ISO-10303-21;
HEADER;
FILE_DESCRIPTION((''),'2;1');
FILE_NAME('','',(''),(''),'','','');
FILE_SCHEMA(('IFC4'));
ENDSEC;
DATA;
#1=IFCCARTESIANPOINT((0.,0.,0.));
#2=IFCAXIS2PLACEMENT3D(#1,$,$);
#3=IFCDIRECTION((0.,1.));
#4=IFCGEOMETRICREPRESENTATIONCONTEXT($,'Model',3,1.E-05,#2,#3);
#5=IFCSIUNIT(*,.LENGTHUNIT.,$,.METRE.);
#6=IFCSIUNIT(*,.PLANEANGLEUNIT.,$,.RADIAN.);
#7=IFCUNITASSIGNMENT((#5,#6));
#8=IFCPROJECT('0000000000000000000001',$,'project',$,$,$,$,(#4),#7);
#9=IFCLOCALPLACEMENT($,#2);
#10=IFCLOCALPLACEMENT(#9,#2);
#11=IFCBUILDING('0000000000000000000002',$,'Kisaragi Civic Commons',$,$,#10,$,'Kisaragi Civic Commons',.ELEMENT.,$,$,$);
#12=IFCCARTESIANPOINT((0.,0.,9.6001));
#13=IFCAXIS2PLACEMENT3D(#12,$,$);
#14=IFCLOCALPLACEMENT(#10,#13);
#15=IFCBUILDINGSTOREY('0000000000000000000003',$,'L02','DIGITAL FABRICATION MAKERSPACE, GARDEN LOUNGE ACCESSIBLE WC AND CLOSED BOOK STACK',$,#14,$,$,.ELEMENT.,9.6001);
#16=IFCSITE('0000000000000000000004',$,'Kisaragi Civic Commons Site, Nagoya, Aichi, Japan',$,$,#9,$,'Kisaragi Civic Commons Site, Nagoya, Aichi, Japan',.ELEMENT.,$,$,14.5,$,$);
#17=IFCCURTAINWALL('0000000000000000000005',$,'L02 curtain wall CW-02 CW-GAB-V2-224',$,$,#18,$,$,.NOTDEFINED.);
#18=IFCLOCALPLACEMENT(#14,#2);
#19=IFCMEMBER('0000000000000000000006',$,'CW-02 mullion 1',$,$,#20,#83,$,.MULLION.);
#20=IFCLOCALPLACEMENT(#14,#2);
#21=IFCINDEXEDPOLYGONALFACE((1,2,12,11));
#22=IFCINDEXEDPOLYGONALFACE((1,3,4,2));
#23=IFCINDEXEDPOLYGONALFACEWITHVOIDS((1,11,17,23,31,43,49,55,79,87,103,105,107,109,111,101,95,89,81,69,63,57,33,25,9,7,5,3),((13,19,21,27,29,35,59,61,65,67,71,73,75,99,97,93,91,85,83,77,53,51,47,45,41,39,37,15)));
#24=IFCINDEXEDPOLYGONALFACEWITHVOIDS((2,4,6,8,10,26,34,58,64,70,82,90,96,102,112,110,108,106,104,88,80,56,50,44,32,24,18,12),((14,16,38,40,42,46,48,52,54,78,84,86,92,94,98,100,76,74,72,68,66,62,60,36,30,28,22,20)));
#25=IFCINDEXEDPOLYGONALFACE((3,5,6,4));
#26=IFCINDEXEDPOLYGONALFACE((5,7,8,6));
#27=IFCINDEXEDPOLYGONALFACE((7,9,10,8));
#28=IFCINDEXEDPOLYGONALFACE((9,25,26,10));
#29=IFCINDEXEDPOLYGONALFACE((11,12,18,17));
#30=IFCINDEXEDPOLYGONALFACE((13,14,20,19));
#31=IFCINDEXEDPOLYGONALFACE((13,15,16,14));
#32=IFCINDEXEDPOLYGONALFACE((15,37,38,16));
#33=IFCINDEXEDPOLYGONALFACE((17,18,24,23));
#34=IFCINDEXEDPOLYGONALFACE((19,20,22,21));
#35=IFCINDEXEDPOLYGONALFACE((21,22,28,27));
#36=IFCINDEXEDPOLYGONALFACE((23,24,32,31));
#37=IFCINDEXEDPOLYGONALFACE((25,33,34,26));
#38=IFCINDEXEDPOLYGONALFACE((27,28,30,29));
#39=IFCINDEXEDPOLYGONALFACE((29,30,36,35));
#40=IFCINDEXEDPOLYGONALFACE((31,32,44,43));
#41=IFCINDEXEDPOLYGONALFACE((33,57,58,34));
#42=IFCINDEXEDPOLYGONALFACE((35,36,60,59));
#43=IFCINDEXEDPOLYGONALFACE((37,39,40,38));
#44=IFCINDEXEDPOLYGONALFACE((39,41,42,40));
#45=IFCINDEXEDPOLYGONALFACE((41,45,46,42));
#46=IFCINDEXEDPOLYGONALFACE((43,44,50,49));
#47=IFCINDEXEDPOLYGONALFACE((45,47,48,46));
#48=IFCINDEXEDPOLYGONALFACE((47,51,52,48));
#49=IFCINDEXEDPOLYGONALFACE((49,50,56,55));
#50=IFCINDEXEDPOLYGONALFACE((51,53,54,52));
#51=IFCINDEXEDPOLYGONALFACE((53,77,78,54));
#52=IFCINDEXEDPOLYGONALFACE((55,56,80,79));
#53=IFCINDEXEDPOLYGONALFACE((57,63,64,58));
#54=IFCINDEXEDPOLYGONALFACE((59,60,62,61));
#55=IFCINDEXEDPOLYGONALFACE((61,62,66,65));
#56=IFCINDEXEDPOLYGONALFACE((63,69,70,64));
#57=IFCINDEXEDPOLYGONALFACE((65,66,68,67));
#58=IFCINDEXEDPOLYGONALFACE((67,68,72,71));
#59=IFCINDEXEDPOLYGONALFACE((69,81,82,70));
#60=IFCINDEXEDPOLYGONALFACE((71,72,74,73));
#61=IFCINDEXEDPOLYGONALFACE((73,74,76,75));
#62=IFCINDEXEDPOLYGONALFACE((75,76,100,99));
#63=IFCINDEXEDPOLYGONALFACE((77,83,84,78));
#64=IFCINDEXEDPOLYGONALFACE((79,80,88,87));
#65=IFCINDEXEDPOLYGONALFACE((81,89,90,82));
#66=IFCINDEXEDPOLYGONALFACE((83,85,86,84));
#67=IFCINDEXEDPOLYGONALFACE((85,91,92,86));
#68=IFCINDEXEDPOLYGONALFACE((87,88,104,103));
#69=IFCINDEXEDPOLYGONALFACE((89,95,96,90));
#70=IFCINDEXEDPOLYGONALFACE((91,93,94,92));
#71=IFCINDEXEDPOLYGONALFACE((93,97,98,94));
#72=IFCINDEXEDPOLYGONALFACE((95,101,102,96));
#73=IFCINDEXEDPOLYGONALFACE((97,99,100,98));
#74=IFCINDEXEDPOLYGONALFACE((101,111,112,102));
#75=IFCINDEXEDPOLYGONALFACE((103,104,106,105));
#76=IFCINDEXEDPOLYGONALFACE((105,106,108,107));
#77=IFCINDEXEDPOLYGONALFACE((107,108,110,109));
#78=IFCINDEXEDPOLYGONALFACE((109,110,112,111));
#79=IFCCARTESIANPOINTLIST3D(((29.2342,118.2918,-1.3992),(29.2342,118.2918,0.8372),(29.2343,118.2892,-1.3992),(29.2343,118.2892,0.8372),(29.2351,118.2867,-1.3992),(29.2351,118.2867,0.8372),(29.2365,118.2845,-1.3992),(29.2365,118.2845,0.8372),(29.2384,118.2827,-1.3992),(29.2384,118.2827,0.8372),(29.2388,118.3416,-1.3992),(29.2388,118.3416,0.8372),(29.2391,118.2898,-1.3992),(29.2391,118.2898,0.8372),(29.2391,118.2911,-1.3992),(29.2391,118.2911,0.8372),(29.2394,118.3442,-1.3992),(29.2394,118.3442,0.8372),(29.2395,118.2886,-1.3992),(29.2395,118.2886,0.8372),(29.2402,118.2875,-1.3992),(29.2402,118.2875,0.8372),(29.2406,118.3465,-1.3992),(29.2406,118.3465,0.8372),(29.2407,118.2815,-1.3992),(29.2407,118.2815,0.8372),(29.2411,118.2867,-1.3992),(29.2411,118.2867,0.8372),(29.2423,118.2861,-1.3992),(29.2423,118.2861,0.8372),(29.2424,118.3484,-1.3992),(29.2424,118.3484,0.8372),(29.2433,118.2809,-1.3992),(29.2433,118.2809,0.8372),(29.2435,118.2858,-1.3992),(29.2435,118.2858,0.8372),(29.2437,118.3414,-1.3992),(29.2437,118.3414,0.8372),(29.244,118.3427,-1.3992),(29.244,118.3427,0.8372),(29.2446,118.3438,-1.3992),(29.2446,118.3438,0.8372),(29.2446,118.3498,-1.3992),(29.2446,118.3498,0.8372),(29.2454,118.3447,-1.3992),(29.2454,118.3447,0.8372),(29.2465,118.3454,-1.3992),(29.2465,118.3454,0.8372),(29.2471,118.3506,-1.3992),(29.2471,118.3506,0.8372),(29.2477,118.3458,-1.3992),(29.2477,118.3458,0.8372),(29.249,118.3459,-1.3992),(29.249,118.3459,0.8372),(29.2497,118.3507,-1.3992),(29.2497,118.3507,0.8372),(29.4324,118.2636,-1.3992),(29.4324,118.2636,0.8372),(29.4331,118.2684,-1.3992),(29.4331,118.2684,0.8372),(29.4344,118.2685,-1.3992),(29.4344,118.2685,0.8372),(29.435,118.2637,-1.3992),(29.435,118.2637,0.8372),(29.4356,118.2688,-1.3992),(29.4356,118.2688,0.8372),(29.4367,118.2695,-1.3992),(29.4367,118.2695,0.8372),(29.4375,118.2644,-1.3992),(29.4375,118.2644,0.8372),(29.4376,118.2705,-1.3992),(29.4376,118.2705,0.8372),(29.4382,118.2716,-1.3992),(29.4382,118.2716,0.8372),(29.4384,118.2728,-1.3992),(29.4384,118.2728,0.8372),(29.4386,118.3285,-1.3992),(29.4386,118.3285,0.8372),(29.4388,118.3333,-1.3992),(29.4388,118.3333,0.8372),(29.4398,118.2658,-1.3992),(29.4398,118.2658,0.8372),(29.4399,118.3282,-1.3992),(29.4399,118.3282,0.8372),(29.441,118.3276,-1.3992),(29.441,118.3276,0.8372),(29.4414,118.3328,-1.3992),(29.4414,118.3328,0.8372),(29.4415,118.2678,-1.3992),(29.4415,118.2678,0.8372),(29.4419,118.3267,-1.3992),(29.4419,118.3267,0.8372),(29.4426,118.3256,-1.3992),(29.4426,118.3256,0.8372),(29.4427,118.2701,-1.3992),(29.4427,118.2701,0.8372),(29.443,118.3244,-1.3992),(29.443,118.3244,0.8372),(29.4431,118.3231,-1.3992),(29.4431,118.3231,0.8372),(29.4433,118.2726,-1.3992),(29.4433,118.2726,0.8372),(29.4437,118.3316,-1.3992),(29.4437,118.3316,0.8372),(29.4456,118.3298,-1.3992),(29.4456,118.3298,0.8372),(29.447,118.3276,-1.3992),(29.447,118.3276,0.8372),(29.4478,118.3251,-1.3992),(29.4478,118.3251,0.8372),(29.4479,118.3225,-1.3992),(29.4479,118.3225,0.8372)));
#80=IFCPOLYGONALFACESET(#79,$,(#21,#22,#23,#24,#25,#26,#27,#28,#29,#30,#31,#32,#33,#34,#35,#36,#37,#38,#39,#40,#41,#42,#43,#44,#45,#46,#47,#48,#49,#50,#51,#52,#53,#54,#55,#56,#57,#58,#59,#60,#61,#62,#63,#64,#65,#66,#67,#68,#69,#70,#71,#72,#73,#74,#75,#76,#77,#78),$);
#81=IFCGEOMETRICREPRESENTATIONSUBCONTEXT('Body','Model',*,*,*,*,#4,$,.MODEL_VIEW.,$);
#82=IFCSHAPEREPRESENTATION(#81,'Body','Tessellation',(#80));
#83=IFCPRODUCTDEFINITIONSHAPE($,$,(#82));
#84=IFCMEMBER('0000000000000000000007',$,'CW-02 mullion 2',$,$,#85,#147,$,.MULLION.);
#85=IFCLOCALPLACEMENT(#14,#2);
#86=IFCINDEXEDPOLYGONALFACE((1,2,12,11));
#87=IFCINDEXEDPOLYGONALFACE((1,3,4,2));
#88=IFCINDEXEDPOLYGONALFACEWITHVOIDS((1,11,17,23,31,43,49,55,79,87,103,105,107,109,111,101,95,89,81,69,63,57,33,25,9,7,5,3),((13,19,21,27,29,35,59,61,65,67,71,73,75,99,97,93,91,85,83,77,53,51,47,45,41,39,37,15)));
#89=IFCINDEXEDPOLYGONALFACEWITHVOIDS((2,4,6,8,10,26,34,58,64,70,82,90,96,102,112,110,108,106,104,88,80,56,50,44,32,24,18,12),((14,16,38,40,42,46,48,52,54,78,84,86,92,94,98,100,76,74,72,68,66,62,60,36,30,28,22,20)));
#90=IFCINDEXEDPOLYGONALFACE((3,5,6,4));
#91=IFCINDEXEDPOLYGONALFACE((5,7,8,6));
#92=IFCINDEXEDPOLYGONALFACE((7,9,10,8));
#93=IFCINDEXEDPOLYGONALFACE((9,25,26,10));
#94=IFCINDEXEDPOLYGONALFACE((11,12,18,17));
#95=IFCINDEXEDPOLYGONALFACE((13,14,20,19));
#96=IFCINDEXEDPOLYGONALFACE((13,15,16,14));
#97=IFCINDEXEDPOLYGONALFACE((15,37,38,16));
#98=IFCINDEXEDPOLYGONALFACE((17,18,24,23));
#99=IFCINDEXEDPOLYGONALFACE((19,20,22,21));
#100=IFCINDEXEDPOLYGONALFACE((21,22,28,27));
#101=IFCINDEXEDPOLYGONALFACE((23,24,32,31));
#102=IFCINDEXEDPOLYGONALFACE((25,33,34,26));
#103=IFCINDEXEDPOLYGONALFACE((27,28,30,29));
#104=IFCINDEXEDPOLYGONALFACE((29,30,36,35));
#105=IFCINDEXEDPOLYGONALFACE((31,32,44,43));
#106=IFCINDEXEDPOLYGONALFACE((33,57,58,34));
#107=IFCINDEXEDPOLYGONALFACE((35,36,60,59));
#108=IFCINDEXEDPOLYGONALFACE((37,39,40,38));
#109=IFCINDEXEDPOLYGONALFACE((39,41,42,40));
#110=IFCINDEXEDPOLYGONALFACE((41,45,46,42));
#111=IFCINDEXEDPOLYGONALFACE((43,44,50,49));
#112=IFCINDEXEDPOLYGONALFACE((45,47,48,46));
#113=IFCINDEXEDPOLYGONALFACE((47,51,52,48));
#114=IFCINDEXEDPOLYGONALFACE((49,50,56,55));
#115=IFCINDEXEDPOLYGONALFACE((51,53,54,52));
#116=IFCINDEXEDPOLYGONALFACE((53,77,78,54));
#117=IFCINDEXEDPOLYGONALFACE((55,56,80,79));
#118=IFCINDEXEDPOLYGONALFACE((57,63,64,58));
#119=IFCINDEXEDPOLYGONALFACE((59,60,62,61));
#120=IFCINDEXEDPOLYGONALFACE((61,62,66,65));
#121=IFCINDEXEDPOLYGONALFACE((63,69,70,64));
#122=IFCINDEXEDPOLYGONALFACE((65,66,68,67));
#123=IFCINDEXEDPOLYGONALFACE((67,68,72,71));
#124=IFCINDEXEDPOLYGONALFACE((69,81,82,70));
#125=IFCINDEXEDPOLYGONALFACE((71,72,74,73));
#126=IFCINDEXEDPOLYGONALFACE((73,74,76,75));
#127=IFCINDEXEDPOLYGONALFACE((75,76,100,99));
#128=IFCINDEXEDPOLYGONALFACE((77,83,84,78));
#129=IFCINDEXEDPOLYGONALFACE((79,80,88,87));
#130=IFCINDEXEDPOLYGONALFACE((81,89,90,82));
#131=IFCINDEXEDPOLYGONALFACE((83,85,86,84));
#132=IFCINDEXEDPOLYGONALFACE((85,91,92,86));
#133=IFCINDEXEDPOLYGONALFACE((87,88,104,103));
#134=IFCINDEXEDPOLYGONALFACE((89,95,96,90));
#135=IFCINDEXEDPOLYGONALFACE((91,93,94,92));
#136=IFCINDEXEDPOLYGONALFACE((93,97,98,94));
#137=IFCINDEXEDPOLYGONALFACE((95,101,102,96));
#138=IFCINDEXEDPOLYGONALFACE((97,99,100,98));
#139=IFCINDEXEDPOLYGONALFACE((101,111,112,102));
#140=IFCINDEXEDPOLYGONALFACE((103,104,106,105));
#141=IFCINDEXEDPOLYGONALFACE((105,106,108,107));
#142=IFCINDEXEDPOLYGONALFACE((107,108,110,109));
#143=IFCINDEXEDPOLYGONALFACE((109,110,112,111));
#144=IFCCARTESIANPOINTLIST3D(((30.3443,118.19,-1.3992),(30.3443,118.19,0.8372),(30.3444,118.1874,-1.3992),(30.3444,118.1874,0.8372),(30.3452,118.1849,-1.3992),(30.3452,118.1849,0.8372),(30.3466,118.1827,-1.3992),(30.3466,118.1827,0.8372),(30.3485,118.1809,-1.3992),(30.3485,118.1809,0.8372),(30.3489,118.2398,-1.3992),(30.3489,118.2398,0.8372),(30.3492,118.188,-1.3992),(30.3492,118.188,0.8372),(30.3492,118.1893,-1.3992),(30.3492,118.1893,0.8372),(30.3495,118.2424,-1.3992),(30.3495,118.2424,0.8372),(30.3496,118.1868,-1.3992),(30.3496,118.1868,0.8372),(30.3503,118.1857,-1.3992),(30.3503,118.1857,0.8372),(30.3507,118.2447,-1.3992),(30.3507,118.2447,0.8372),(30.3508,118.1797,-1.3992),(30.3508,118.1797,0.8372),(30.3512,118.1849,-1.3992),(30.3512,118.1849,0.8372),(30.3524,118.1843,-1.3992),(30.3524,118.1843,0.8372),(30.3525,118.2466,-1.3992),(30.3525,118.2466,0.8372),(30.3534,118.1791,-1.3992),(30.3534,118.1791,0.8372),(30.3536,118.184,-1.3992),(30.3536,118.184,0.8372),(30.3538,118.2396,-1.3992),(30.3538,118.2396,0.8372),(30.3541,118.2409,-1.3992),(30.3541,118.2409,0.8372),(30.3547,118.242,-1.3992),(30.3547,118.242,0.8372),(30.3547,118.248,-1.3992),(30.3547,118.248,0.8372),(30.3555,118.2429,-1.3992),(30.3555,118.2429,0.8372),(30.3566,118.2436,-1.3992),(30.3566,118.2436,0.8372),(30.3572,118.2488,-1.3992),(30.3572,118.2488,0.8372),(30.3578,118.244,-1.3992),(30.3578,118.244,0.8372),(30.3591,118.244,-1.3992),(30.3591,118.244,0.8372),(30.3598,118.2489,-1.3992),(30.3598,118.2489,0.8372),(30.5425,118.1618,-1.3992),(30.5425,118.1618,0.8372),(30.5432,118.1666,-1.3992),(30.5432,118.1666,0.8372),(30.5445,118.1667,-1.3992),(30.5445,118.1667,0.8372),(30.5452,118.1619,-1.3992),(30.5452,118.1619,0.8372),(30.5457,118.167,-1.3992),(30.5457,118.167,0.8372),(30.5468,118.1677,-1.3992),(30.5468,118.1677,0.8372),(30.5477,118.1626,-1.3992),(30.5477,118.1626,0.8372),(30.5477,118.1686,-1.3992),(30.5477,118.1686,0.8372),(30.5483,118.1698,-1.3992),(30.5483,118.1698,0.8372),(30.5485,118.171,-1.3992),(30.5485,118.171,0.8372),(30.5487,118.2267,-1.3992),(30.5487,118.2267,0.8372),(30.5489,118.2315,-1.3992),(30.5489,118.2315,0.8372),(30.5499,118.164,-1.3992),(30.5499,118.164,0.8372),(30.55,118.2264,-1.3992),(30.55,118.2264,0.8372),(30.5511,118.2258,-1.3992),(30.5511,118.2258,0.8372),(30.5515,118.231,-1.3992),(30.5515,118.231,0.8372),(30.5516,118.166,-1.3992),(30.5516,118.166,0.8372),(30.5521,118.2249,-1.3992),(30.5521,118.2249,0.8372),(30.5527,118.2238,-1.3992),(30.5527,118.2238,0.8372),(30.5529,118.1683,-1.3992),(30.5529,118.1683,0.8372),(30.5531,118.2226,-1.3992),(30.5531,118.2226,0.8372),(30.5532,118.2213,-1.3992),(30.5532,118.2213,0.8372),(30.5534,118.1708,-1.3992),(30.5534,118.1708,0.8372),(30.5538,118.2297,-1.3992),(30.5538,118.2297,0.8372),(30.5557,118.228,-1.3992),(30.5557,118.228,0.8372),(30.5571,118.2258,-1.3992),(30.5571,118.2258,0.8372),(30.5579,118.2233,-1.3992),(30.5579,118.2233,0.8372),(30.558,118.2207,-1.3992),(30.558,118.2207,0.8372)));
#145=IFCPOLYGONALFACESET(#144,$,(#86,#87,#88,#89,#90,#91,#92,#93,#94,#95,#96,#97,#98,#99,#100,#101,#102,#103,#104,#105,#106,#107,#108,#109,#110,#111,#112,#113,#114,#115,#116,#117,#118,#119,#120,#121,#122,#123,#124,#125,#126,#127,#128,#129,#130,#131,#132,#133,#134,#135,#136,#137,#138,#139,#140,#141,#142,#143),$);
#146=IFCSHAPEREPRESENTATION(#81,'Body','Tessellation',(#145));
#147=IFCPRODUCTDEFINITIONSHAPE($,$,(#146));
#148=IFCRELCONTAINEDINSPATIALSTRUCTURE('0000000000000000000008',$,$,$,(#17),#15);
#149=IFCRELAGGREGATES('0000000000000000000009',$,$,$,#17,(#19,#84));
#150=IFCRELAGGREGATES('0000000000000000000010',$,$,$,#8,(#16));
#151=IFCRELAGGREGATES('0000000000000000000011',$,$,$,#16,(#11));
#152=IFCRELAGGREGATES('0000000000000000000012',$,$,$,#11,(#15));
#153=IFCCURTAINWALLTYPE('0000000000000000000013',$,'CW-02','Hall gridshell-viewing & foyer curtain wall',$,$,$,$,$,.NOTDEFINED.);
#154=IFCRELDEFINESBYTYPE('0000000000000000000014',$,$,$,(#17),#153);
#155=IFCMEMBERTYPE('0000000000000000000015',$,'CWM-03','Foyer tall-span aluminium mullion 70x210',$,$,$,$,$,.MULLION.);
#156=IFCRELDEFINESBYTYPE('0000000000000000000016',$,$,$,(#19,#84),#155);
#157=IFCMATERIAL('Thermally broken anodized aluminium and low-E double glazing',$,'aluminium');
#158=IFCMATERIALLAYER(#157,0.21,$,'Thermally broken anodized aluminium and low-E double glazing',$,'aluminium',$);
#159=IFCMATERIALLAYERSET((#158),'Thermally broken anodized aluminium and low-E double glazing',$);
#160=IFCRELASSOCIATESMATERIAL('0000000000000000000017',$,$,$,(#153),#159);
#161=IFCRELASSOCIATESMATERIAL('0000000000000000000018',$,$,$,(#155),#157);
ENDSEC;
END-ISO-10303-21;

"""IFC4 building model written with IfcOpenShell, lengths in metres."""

from ifc_helpers import new_model, si_unit, direction, frame, origin, origin_2d, place, context, subcontext, project, spatial, hollow_rectangle, extrude, material, layer, layer_set, material_profile, profile_set, type_object, element, aggregate, save


model = new_model("IFC4")

# Units and contexts
model_context = context("Model", 3, precision=1e-05, world=origin(), true_north=direction((0.0, 1.0)))
body_context = subcontext(model_context, "Body", "Model", "MODEL_VIEW")
ifc_project = project(units=[si_unit("LENGTHUNIT", "METRE"), si_unit("PLANEANGLEUNIT", "RADIAN")], contexts=[model_context])

# Site, building, storey
site_placement = place(None, origin())
site = spatial("IfcSite", under=ifc_project, at=site_placement, Name="Kisaragi Civic Commons Site, Nagoya, Aichi, Japan", LongName="Kisaragi Civic Commons Site, Nagoya, Aichi, Japan", CompositionType="ELEMENT", RefElevation=14.5)
building_placement = place(site_placement, origin())
building = spatial("IfcBuilding", under=site, at=building_placement, Name="Kisaragi Civic Commons", LongName="Kisaragi Civic Commons", CompositionType="ELEMENT")
storey_placement = place(building_placement, frame((0.0, 0.0, 9.6001)))
storey = spatial("IfcBuildingStorey", under=building, at=storey_placement, Name="L02", Description="DIGITAL FABRICATION MAKERSPACE, GARDEN LOUNGE ACCESSIBLE WC AND CLOSED BOOK STACK", CompositionType="ELEMENT", Elevation=9.6001)

# Curtain wall, members
ifc_material_1 = material(Name="Thermally broken anodized aluminium and low-E double glazing", Category="aluminium")
ifc_layer_1 = layer(ifc_material_1, 0.21, Name="Thermally broken anodized aluminium and low-E double glazing", Category="aluminium")
ifc_layer_set_1 = layer_set([ifc_layer_1], Name="Thermally broken anodized aluminium and low-E double glazing")
curtain_wall_type_1 = type_object("IfcCurtainWallType", Name="CW-02", Description="Hall gridshell-viewing & foyer curtain wall", PredefinedType="NOTDEFINED", material=ifc_layer_set_1)
curtain_wall_1_placement = place(storey_placement, origin())
curtain_wall_1 = element("IfcCurtainWall", 1, at=curtain_wall_1_placement, inside=storey, type_object=curtain_wall_type_1, Name="L02 curtain wall CW-02 CW-GAB-V2-224", PredefinedType="NOTDEFINED")
ifc_material_profile_1 = material_profile(ifc_material_1, hollow_rectangle(XDim=0.0701, YDim=0.21, WallThickness=0.0049, InnerFilletRadius=0.0049, OuterFilletRadius=0.01, at=origin_2d()), Name="CWM-70x210x5", Category="aluminium")
ifc_profile_set_1 = profile_set([ifc_material_profile_1], Name="Thermally broken anodized aluminium and low-E double glazing")
member_type_1 = type_object("IfcMemberType", Name="CWM-03", Description="Foyer tall-span aluminium mullion 70x210", PredefinedType="MULLION", material=ifc_profile_set_1)
member_1_placement = place(storey_placement, frame((29.3411, 118.3071, -1.3992), z_axis=(0.0, 0.0, 1.0), x_axis=(0.091332, 0.995821, 0.0)))
member_1 = element("IfcMember", 2, at=member_1_placement, type_object=member_type_1, Name="CW-02 mullion 1", PredefinedType="MULLION", context=body_context, shape_type="SweptSolid", body=[
    extrude(hollow_rectangle(XDim=0.0701, YDim=0.21, WallThickness=0.0049, InnerFilletRadius=0.0049, OuterFilletRadius=0.01, at=origin_2d()), origin(), (0.0, 0.0, 1.0), 2.2363),
])
member_2_placement = place(storey_placement, frame((30.4512, 118.2053, -1.3992), z_axis=(0.0, 0.0, 1.0), x_axis=(0.091332, 0.995821, 0.0)))
member_2 = element("IfcMember", 3, at=member_2_placement, type_object=member_type_1, Name="CW-02 mullion 2", PredefinedType="MULLION", context=body_context, shape_type="SweptSolid", body=[
    extrude(hollow_rectangle(XDim=0.0701, YDim=0.21, WallThickness=0.0049, InnerFilletRadius=0.0049, OuterFilletRadius=0.01, at=origin_2d()), origin(), (0.0, 0.0, 1.0), 2.2363),
])

aggregate(curtain_wall_1, [member_1, member_2])

save(model, "model.ifc")
